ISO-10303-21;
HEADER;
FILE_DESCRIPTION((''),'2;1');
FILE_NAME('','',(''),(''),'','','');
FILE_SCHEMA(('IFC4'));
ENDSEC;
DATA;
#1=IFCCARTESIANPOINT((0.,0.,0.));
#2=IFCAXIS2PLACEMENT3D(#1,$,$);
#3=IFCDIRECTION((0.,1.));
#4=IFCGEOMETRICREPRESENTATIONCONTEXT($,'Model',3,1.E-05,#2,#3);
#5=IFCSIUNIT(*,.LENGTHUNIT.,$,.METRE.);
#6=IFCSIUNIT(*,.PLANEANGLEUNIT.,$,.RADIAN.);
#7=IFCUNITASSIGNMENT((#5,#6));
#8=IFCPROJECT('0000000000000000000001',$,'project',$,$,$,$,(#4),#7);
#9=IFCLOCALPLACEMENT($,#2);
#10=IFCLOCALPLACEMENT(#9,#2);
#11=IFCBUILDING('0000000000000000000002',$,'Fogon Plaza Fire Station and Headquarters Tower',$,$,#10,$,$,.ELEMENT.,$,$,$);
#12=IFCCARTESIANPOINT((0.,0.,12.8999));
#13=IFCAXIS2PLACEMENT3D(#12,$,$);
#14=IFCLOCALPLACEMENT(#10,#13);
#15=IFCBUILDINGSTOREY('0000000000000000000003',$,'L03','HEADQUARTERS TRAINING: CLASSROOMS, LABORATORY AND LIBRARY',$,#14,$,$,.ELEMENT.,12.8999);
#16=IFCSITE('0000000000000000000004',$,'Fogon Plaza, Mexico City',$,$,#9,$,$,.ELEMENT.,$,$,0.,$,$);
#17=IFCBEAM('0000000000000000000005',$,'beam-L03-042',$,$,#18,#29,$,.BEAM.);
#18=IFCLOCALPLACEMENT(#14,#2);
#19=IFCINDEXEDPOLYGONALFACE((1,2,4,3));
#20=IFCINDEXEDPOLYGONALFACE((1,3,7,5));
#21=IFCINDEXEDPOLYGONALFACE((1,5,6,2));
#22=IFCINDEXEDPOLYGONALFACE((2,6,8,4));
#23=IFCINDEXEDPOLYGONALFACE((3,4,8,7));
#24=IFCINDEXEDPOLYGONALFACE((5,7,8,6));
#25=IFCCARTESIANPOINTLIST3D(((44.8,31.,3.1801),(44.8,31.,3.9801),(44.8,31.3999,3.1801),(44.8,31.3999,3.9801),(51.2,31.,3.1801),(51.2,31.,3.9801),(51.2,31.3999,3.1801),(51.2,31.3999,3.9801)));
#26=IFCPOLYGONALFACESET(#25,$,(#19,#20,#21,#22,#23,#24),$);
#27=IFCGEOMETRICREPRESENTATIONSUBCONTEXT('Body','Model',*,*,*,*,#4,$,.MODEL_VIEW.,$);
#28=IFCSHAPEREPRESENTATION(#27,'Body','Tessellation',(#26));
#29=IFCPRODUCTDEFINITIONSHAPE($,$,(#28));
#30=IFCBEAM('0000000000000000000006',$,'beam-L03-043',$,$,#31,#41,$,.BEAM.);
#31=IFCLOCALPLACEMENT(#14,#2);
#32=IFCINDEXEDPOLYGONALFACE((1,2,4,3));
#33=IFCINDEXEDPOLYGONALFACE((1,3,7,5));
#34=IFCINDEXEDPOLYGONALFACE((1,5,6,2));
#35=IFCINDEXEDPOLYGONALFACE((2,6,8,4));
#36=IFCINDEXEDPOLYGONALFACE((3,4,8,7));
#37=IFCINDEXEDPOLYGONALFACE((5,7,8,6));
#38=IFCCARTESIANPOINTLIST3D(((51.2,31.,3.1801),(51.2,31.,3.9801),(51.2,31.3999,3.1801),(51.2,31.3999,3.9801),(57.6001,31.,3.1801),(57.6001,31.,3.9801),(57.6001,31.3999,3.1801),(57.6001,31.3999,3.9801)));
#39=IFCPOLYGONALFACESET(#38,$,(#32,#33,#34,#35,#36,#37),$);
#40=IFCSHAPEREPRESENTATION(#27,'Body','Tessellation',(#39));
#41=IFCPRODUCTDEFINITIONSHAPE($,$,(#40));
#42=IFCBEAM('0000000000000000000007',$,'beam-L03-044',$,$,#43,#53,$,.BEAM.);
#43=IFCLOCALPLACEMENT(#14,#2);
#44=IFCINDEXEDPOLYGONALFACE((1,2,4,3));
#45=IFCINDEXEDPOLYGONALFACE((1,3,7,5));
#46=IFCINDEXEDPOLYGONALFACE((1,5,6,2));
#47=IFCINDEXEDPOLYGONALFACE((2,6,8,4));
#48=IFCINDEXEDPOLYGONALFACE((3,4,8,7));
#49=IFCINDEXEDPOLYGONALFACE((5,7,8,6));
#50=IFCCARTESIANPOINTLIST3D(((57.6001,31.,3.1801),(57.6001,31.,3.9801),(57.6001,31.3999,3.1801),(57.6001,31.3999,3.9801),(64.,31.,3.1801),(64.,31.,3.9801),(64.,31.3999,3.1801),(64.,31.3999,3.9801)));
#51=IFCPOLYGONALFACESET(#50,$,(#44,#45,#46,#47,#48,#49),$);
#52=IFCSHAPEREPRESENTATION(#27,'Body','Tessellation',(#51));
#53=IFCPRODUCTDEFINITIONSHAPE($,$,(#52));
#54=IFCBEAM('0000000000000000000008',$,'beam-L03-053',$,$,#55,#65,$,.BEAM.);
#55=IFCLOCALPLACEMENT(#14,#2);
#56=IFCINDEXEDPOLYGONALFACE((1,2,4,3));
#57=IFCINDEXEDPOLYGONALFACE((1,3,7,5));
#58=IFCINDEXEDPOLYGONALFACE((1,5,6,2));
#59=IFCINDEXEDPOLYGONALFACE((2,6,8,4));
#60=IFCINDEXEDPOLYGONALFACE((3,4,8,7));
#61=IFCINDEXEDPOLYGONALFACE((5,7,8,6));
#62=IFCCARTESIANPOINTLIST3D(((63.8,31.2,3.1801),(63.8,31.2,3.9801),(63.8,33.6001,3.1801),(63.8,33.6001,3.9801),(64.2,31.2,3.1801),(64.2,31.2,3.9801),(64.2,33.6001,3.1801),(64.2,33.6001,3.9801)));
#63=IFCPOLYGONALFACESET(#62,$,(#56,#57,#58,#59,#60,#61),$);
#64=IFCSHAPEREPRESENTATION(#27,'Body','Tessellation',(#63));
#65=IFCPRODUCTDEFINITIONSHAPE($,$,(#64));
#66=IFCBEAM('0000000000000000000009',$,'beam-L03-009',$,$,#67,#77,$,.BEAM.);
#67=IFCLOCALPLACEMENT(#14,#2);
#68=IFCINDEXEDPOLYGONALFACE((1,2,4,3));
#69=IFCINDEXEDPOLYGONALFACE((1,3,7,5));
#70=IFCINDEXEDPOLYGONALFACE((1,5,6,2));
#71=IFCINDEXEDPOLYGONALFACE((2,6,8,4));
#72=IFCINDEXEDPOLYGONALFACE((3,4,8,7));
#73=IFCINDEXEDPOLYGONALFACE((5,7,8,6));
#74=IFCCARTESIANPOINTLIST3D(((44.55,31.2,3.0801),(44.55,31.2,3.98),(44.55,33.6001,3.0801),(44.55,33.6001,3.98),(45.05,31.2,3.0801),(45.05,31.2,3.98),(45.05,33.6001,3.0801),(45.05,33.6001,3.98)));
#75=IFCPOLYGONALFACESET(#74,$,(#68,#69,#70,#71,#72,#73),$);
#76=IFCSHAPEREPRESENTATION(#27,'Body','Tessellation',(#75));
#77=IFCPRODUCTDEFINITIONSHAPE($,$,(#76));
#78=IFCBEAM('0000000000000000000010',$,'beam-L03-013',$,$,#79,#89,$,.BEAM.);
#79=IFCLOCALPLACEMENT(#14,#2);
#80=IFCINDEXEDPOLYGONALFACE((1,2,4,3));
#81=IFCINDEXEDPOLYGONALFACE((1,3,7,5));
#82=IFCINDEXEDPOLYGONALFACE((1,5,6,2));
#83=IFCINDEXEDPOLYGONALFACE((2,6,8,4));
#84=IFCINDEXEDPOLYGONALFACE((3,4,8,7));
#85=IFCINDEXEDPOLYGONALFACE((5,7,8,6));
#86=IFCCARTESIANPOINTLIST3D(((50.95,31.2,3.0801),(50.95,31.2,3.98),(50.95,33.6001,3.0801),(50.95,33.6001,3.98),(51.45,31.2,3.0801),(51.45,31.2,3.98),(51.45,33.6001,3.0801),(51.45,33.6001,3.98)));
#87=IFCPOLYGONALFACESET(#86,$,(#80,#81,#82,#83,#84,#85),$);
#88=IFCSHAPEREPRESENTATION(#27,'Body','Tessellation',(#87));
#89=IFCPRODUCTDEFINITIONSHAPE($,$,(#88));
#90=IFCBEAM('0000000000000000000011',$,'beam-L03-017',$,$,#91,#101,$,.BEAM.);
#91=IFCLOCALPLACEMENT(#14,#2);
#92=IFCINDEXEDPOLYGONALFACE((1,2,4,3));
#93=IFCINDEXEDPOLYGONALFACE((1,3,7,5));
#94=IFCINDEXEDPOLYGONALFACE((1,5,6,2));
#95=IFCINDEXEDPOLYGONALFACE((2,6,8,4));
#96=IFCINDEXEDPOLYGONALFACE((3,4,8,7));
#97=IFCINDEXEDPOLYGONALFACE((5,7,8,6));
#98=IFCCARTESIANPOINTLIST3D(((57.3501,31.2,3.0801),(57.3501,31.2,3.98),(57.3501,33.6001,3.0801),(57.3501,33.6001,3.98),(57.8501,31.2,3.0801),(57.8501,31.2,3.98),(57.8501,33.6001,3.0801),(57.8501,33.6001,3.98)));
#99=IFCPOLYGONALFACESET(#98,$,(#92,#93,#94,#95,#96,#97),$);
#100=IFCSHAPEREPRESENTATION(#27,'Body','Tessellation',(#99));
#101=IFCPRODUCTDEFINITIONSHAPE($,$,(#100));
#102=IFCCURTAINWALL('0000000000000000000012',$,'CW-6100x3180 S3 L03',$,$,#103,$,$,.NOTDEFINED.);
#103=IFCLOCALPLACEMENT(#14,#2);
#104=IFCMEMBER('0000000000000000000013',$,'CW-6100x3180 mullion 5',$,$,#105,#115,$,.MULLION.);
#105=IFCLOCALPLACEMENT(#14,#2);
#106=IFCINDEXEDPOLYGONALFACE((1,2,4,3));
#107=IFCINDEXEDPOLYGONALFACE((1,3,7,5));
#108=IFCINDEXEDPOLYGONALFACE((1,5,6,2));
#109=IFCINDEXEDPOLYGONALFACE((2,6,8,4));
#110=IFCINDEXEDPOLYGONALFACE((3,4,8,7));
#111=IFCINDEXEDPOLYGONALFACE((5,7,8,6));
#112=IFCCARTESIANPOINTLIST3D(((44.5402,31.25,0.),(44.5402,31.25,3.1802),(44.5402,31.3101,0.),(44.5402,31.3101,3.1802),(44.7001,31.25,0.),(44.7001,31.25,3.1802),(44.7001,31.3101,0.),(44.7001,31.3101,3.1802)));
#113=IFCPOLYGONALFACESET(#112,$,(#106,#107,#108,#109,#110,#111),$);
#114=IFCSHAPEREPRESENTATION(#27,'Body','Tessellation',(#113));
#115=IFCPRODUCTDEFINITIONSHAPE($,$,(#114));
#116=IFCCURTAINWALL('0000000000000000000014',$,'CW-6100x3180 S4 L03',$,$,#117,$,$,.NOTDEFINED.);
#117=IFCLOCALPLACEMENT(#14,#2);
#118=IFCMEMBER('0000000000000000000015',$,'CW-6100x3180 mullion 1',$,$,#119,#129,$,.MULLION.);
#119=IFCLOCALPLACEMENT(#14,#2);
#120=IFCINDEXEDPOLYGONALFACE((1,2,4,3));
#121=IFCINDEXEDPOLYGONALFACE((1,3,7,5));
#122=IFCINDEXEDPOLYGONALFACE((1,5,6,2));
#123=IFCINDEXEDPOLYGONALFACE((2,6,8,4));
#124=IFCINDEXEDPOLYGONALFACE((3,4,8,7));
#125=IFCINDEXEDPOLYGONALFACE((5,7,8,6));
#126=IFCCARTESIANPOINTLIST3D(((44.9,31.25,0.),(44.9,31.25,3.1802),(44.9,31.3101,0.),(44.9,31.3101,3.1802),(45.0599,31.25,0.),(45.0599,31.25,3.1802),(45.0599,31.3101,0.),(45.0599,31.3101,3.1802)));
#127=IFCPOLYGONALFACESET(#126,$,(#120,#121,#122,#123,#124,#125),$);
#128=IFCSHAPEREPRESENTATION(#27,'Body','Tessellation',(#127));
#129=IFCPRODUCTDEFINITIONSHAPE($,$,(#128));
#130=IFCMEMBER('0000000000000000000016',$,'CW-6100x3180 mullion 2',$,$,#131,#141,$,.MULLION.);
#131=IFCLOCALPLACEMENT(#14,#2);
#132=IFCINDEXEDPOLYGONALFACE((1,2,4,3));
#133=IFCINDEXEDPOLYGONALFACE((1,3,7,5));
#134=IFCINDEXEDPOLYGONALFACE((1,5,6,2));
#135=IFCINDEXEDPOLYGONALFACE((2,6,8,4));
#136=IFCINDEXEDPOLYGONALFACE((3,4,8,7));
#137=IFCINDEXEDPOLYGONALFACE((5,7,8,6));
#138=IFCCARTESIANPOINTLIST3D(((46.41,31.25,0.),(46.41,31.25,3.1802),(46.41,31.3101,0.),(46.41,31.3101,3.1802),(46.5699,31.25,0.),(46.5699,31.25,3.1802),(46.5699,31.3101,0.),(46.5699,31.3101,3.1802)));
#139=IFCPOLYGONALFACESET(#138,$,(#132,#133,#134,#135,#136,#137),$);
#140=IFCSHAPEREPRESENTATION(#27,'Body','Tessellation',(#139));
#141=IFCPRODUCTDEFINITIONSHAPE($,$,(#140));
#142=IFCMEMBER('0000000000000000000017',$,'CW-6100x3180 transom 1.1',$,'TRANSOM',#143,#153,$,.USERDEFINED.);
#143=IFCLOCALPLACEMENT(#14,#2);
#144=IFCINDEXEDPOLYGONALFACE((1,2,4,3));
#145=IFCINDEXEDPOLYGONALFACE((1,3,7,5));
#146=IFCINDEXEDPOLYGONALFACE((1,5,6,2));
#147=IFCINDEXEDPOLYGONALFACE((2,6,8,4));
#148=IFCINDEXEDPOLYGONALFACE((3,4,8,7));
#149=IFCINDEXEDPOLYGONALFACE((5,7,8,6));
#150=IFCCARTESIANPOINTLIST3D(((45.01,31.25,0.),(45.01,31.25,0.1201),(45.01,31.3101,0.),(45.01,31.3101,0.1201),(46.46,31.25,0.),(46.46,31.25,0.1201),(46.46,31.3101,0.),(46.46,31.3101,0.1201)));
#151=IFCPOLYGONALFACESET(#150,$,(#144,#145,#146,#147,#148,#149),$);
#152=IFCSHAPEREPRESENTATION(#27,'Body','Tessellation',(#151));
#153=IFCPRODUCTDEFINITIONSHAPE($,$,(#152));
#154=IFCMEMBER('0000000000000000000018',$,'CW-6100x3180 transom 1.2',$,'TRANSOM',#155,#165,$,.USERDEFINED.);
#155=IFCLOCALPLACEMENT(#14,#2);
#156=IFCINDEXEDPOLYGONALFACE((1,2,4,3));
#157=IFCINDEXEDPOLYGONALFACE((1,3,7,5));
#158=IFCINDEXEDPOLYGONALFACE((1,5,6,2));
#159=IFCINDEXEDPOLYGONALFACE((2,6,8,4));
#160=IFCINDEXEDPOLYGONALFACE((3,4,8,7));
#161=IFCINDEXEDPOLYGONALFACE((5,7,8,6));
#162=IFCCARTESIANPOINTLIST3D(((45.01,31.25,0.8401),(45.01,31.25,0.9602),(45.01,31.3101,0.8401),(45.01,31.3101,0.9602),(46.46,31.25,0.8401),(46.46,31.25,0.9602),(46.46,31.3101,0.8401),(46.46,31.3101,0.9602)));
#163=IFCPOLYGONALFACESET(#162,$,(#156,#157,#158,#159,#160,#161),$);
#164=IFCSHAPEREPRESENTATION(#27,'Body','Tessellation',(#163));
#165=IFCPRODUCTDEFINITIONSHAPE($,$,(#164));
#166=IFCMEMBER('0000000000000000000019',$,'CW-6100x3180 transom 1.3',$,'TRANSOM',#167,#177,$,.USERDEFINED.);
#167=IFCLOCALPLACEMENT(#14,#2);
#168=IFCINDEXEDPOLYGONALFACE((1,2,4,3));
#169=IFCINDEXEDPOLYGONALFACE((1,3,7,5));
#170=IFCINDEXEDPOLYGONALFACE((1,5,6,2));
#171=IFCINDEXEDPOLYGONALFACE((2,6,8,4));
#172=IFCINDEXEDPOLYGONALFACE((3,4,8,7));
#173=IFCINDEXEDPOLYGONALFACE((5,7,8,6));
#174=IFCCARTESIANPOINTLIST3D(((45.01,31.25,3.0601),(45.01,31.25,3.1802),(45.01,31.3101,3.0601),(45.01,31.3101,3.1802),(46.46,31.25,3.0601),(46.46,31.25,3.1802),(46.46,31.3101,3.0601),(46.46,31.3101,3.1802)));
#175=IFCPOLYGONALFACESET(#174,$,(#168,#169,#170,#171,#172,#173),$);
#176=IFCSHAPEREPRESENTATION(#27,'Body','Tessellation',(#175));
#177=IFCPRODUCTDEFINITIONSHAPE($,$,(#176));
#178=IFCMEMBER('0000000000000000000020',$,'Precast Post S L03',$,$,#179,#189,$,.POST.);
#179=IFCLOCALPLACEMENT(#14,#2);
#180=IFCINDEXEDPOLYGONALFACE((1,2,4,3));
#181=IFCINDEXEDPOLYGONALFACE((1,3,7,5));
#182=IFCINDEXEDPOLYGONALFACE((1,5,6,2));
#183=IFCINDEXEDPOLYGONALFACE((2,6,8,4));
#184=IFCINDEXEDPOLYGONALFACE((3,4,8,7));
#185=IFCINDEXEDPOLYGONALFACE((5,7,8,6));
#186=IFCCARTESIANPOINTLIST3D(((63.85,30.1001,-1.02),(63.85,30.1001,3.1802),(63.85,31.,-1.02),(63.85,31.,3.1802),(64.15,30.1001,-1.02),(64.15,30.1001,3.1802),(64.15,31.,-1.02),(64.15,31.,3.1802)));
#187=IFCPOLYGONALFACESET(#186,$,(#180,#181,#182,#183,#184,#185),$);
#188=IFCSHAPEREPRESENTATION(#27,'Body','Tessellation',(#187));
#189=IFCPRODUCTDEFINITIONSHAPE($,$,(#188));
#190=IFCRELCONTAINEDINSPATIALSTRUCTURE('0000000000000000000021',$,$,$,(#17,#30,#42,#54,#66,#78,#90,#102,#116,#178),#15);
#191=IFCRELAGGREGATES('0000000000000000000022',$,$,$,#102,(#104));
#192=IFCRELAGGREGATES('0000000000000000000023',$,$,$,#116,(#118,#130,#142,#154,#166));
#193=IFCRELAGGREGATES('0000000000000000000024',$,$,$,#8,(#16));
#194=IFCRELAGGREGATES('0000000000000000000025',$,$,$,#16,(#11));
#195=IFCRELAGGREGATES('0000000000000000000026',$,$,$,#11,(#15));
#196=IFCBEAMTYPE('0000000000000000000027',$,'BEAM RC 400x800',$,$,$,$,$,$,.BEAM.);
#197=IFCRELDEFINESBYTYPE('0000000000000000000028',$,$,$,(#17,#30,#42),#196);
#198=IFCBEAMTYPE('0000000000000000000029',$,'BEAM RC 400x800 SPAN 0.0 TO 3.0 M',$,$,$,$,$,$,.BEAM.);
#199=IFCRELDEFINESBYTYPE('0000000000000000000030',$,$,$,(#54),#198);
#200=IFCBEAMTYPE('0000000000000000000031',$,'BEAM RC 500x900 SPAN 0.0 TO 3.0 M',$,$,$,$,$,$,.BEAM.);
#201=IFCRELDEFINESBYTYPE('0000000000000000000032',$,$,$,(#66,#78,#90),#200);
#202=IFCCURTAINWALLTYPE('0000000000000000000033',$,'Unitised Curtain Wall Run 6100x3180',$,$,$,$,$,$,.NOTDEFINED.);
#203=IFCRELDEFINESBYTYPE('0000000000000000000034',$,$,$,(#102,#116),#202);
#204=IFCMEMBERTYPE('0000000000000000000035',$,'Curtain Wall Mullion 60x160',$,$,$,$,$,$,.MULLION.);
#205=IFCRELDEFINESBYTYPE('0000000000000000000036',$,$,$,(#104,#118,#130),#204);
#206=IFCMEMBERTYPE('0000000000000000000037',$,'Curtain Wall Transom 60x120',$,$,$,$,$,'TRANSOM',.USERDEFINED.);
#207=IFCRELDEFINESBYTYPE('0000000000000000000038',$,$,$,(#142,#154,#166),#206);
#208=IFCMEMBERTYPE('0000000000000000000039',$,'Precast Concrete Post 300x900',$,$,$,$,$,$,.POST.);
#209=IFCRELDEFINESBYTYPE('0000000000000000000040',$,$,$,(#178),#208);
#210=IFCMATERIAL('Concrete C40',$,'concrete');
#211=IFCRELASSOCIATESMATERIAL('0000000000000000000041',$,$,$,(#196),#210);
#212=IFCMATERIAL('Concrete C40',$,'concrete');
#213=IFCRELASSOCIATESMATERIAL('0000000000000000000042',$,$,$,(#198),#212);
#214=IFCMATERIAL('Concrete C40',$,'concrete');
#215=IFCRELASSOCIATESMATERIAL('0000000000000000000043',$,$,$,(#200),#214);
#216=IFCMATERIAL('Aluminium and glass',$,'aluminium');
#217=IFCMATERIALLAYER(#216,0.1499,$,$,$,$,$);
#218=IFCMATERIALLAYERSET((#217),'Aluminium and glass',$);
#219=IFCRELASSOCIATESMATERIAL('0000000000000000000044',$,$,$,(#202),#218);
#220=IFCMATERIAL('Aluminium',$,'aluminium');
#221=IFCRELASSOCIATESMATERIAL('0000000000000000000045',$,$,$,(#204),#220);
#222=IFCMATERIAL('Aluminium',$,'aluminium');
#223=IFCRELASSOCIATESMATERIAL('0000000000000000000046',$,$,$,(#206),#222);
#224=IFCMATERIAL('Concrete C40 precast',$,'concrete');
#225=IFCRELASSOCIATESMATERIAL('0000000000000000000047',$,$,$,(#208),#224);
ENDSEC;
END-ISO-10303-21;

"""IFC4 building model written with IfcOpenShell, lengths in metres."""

from ifc_helpers import new_model, si_unit, direction, frame, origin, origin_2d, place, context, subcontext, project, spatial, rectangle, extrude, material, layer, layer_set, material_profile, profile_set, type_object, element, aggregate, save


model = new_model("IFC4")

# Units and contexts
model_context = context("Model", 3, precision=1e-05, world=origin(), true_north=direction((0.0, 1.0)))
body_context = subcontext(model_context, "Body", "Model", "MODEL_VIEW")
ifc_project = project(units=[si_unit("LENGTHUNIT", "METRE"), si_unit("PLANEANGLEUNIT", "RADIAN")], contexts=[model_context])

# Site, building, storey
site_placement = place(None, origin())
site = spatial("IfcSite", under=ifc_project, at=site_placement, Name="Fogon Plaza, Mexico City", CompositionType="ELEMENT", RefElevation=0.0)
building_placement = place(site_placement, origin())
building = spatial("IfcBuilding", under=site, at=building_placement, Name="Fogon Plaza Fire Station and Headquarters Tower", CompositionType="ELEMENT")
storey_placement = place(building_placement, frame((0.0, 0.0, 12.8999)))
storey = spatial("IfcBuildingStorey", under=building, at=storey_placement, Name="L03", Description="HEADQUARTERS TRAINING: CLASSROOMS, LABORATORY AND LIBRARY", CompositionType="ELEMENT", Elevation=12.8999)

# Beams
ifc_material_1 = material(Name="Concrete C40", Category="concrete")
ifc_material_profile_1 = material_profile(ifc_material_1, rectangle(XDim=0.3999, YDim=0.8, at=origin_2d()), Name="RC 400x800")
ifc_profile_set_1 = profile_set([ifc_material_profile_1], Name="Concrete C40")
beam_type_1 = type_object("IfcBeamType", Name="BEAM RC 400x800", PredefinedType="BEAM", material=ifc_profile_set_1)
beam_1_placement = place(storey_placement, frame((44.8, 31.2, 3.5801), z_axis=(1.0, 0.0, 0.0), x_axis=(0.0, 1.0, 0.0)))
element("IfcBeam", 1, at=beam_1_placement, inside=storey, type_object=beam_type_1, Name="beam-L03-042", PredefinedType="BEAM", context=body_context, shape_type="SweptSolid", body=[
    extrude(rectangle(XDim=0.3999, YDim=0.8, at=origin_2d()), origin(), (0.0, 0.0, 1.0), 6.3999),
])
beam_2_placement = place(storey_placement, frame((51.2, 31.2, 3.5801), z_axis=(1.0, 0.0, 0.0), x_axis=(0.0, 1.0, 0.0)))
element("IfcBeam", 2, at=beam_2_placement, inside=storey, type_object=beam_type_1, Name="beam-L03-043", PredefinedType="BEAM", context=body_context, shape_type="SweptSolid", body=[
    extrude(rectangle(XDim=0.3999, YDim=0.8, at=origin_2d()), origin(), (0.0, 0.0, 1.0), 6.4001),
])
beam_3_placement = place(storey_placement, frame((57.6001, 31.2, 3.5801), z_axis=(1.0, 0.0, 0.0), x_axis=(0.0, 1.0, 0.0)))
element("IfcBeam", 3, at=beam_3_placement, inside=storey, type_object=beam_type_1, Name="beam-L03-044", PredefinedType="BEAM", context=body_context, shape_type="SweptSolid", body=[
    extrude(rectangle(XDim=0.3999, YDim=0.8, at=origin_2d()), origin(), (0.0, 0.0, 1.0), 6.3999),
])
ifc_material_2 = material(Name="Concrete C40", Category="concrete")
ifc_material_profile_2 = material_profile(ifc_material_2, rectangle(XDim=0.3999, YDim=0.8, at=origin_2d()), Name="RC 400x800")
ifc_profile_set_2 = profile_set([ifc_material_profile_2], Name="Concrete C40")
beam_type_2 = type_object("IfcBeamType", Name="BEAM RC 400x800 SPAN 0.0 TO 3.0 M", PredefinedType="BEAM", material=ifc_profile_set_2)
beam_4_placement = place(storey_placement, frame((64.0, 31.2, 3.5801), z_axis=(0.0, 1.0, 0.0), x_axis=(-1.0, 0.0, 0.0)))
element("IfcBeam", 4, at=beam_4_placement, inside=storey, type_object=beam_type_2, Name="beam-L03-053", PredefinedType="BEAM", context=body_context, shape_type="SweptSolid", body=[
    extrude(rectangle(XDim=0.3999, YDim=0.8, at=origin_2d()), origin(), (0.0, 0.0, 1.0), 2.4001),
])
ifc_material_3 = material(Name="Concrete C40", Category="concrete")
ifc_material_profile_3 = material_profile(ifc_material_3, rectangle(XDim=0.5, YDim=0.8999, at=origin_2d()), Name="RC 500x900")
ifc_profile_set_3 = profile_set([ifc_material_profile_3], Name="Concrete C40")
beam_type_3 = type_object("IfcBeamType", Name="BEAM RC 500x900 SPAN 0.0 TO 3.0 M", PredefinedType="BEAM", material=ifc_profile_set_3)
for number, where, z_axis, x_axis, name in (
    (5, (44.8, 31.2, 3.53), (0.0, 1.0, 0.0), (-1.0, 0.0, 0.0), "beam-L03-009"),
    (6, (51.2, 31.2, 3.53), (0.0, 1.0, 0.0), (-1.0, 0.0, 0.0), "beam-L03-013"),
    (7, (57.6001, 31.2, 3.53), (0.0, 1.0, 0.0), (-1.0, 0.0, 0.0), "beam-L03-017"),
):
    element("IfcBeam", number, at=place(storey_placement, frame(where, z_axis=z_axis, x_axis=x_axis)), inside=storey, type_object=beam_type_3, Name=name, PredefinedType="BEAM", context=body_context, shape_type="SweptSolid", body=[
        extrude(rectangle(XDim=0.5, YDim=0.8999, at=origin_2d()), origin(), (0.0, 0.0, 1.0), 2.4001),
    ])

# Curtain wall, member
ifc_material_4 = material(Name="Aluminium and glass", Category="aluminium")
ifc_layer_1 = layer(ifc_material_4, 0.1499)
ifc_layer_set_1 = layer_set([ifc_layer_1], Name="Aluminium and glass")
curtain_wall_type = type_object("IfcCurtainWallType", Name="Unitised Curtain Wall Run 6100x3180", PredefinedType="NOTDEFINED", material=ifc_layer_set_1)
curtain_wall_1_placement = place(storey_placement, origin())
curtain_wall_1 = element("IfcCurtainWall", 8, at=curtain_wall_1_placement, inside=storey, type_object=curtain_wall_type, Name="CW-6100x3180 S3 L03", PredefinedType="NOTDEFINED")
ifc_material_5 = material(Name="Aluminium", Category="aluminium")
ifc_material_profile_4 = material_profile(ifc_material_5, rectangle(XDim=0.0601, YDim=0.1599, at=origin_2d()), Name="Curtain Wall Mullion 60x160")
ifc_profile_set_4 = profile_set([ifc_material_profile_4], Name="Aluminium")
member_type_1 = type_object("IfcMemberType", Name="Curtain Wall Mullion 60x160", PredefinedType="MULLION", material=ifc_profile_set_4)
member_1_placement = place(storey_placement, frame((44.6201, 31.28, 0.0), z_axis=(0.0, 0.0, 1.0), x_axis=(0.0, 1.0, 0.0)))
member_1 = element("IfcMember", 9, at=member_1_placement, type_object=member_type_1, Name="CW-6100x3180 mullion 5", PredefinedType="MULLION", context=body_context, shape_type="SweptSolid", body=[
    extrude(rectangle(XDim=0.0601, YDim=0.1599, at=origin_2d()), origin(), (0.0, 0.0, 1.0), 3.1802),
])

# Curtain wall, members
curtain_wall_2_placement = place(storey_placement, origin())
curtain_wall_2 = element("IfcCurtainWall", 10, at=curtain_wall_2_placement, inside=storey, type_object=curtain_wall_type, Name="CW-6100x3180 S4 L03", PredefinedType="NOTDEFINED")
member_2_placement = place(storey_placement, frame((44.98, 31.28, 0.0), z_axis=(0.0, 0.0, 1.0), x_axis=(0.0, 1.0, 0.0)))
member_2 = element("IfcMember", 11, at=member_2_placement, type_object=member_type_1, Name="CW-6100x3180 mullion 1", PredefinedType="MULLION", context=body_context, shape_type="SweptSolid", body=[
    extrude(rectangle(XDim=0.0601, YDim=0.1599, at=origin_2d()), origin(), (0.0, 0.0, 1.0), 3.1802),
])
member_3_placement = place(storey_placement, frame((46.49, 31.28, 0.0), z_axis=(0.0, 0.0, 1.0), x_axis=(0.0, 1.0, 0.0)))
member_3 = element("IfcMember", 12, at=member_3_placement, type_object=member_type_1, Name="CW-6100x3180 mullion 2", PredefinedType="MULLION", context=body_context, shape_type="SweptSolid", body=[
    extrude(rectangle(XDim=0.0601, YDim=0.1599, at=origin_2d()), origin(), (0.0, 0.0, 1.0), 3.1802),
])
ifc_material_6 = material(Name="Aluminium", Category="aluminium")
ifc_material_profile_5 = material_profile(ifc_material_6, rectangle(XDim=0.0601, YDim=0.1201, at=origin_2d()), Name="Curtain Wall Transom 60x120")
ifc_profile_set_5 = profile_set([ifc_material_profile_5], Name="Aluminium")
member_type_2 = type_object("IfcMemberType", Name="Curtain Wall Transom 60x120", ElementType="TRANSOM", PredefinedType="USERDEFINED", material=ifc_profile_set_5)
member_4_placement = place(storey_placement, frame((45.01, 31.28, 0.0601), z_axis=(1.0, 0.0, 0.0), x_axis=(0.0, 1.0, 0.0)))
member_4 = element("IfcMember", 13, at=member_4_placement, type_object=member_type_2, Name="CW-6100x3180 transom 1.1", ObjectType="TRANSOM", PredefinedType="USERDEFINED", context=body_context, shape_type="SweptSolid", body=[
    extrude(rectangle(XDim=0.0601, YDim=0.1201, at=origin_2d()), origin(), (0.0, 0.0, 1.0), 1.45),
])
member_5_placement = place(storey_placement, frame((45.01, 31.28, 0.9001), z_axis=(1.0, 0.0, 0.0), x_axis=(0.0, 1.0, 0.0)))
member_5 = element("IfcMember", 14, at=member_5_placement, type_object=member_type_2, Name="CW-6100x3180 transom 1.2", ObjectType="TRANSOM", PredefinedType="USERDEFINED", context=body_context, shape_type="SweptSolid", body=[
    extrude(rectangle(XDim=0.0601, YDim=0.1201, at=origin_2d()), origin(), (0.0, 0.0, 1.0), 1.45),
])
member_6_placement = place(storey_placement, frame((45.01, 31.28, 3.1201), z_axis=(1.0, 0.0, 0.0), x_axis=(0.0, 1.0, 0.0)))
member_6 = element("IfcMember", 15, at=member_6_placement, type_object=member_type_2, Name="CW-6100x3180 transom 1.3", ObjectType="TRANSOM", PredefinedType="USERDEFINED", context=body_context, shape_type="SweptSolid", body=[
    extrude(rectangle(XDim=0.0601, YDim=0.1201, at=origin_2d()), origin(), (0.0, 0.0, 1.0), 1.45),
])

# Member
ifc_material_7 = material(Name="Concrete C40 precast", Category="concrete")
ifc_material_profile_6 = material_profile(ifc_material_7, rectangle(XDim=0.3, YDim=0.8999, at=origin_2d()), Name="Precast Concrete Post 300x900")
ifc_profile_set_6 = profile_set([ifc_material_profile_6], Name="Concrete C40 precast")
member_type_3 = type_object("IfcMemberType", Name="Precast Concrete Post 300x900", PredefinedType="POST", material=ifc_profile_set_6)
member_7_placement = place(storey_placement, frame((64.0, 30.55, -1.02), z_axis=(0.0, 0.0, 1.0), x_axis=(1.0, 0.0, 0.0)))
element("IfcMember", 16, at=member_7_placement, inside=storey, type_object=member_type_3, Name="Precast Post S L03", PredefinedType="POST", context=body_context, shape_type="SweptSolid", body=[
    extrude(rectangle(XDim=0.3, YDim=0.8999, at=origin_2d()), origin(), (0.0, 0.0, 1.0), 4.2002),
])

aggregate(curtain_wall_1, [member_1])
aggregate(curtain_wall_2, [member_2, member_3, member_4, member_5, member_6])

save(model, "model.ifc")
